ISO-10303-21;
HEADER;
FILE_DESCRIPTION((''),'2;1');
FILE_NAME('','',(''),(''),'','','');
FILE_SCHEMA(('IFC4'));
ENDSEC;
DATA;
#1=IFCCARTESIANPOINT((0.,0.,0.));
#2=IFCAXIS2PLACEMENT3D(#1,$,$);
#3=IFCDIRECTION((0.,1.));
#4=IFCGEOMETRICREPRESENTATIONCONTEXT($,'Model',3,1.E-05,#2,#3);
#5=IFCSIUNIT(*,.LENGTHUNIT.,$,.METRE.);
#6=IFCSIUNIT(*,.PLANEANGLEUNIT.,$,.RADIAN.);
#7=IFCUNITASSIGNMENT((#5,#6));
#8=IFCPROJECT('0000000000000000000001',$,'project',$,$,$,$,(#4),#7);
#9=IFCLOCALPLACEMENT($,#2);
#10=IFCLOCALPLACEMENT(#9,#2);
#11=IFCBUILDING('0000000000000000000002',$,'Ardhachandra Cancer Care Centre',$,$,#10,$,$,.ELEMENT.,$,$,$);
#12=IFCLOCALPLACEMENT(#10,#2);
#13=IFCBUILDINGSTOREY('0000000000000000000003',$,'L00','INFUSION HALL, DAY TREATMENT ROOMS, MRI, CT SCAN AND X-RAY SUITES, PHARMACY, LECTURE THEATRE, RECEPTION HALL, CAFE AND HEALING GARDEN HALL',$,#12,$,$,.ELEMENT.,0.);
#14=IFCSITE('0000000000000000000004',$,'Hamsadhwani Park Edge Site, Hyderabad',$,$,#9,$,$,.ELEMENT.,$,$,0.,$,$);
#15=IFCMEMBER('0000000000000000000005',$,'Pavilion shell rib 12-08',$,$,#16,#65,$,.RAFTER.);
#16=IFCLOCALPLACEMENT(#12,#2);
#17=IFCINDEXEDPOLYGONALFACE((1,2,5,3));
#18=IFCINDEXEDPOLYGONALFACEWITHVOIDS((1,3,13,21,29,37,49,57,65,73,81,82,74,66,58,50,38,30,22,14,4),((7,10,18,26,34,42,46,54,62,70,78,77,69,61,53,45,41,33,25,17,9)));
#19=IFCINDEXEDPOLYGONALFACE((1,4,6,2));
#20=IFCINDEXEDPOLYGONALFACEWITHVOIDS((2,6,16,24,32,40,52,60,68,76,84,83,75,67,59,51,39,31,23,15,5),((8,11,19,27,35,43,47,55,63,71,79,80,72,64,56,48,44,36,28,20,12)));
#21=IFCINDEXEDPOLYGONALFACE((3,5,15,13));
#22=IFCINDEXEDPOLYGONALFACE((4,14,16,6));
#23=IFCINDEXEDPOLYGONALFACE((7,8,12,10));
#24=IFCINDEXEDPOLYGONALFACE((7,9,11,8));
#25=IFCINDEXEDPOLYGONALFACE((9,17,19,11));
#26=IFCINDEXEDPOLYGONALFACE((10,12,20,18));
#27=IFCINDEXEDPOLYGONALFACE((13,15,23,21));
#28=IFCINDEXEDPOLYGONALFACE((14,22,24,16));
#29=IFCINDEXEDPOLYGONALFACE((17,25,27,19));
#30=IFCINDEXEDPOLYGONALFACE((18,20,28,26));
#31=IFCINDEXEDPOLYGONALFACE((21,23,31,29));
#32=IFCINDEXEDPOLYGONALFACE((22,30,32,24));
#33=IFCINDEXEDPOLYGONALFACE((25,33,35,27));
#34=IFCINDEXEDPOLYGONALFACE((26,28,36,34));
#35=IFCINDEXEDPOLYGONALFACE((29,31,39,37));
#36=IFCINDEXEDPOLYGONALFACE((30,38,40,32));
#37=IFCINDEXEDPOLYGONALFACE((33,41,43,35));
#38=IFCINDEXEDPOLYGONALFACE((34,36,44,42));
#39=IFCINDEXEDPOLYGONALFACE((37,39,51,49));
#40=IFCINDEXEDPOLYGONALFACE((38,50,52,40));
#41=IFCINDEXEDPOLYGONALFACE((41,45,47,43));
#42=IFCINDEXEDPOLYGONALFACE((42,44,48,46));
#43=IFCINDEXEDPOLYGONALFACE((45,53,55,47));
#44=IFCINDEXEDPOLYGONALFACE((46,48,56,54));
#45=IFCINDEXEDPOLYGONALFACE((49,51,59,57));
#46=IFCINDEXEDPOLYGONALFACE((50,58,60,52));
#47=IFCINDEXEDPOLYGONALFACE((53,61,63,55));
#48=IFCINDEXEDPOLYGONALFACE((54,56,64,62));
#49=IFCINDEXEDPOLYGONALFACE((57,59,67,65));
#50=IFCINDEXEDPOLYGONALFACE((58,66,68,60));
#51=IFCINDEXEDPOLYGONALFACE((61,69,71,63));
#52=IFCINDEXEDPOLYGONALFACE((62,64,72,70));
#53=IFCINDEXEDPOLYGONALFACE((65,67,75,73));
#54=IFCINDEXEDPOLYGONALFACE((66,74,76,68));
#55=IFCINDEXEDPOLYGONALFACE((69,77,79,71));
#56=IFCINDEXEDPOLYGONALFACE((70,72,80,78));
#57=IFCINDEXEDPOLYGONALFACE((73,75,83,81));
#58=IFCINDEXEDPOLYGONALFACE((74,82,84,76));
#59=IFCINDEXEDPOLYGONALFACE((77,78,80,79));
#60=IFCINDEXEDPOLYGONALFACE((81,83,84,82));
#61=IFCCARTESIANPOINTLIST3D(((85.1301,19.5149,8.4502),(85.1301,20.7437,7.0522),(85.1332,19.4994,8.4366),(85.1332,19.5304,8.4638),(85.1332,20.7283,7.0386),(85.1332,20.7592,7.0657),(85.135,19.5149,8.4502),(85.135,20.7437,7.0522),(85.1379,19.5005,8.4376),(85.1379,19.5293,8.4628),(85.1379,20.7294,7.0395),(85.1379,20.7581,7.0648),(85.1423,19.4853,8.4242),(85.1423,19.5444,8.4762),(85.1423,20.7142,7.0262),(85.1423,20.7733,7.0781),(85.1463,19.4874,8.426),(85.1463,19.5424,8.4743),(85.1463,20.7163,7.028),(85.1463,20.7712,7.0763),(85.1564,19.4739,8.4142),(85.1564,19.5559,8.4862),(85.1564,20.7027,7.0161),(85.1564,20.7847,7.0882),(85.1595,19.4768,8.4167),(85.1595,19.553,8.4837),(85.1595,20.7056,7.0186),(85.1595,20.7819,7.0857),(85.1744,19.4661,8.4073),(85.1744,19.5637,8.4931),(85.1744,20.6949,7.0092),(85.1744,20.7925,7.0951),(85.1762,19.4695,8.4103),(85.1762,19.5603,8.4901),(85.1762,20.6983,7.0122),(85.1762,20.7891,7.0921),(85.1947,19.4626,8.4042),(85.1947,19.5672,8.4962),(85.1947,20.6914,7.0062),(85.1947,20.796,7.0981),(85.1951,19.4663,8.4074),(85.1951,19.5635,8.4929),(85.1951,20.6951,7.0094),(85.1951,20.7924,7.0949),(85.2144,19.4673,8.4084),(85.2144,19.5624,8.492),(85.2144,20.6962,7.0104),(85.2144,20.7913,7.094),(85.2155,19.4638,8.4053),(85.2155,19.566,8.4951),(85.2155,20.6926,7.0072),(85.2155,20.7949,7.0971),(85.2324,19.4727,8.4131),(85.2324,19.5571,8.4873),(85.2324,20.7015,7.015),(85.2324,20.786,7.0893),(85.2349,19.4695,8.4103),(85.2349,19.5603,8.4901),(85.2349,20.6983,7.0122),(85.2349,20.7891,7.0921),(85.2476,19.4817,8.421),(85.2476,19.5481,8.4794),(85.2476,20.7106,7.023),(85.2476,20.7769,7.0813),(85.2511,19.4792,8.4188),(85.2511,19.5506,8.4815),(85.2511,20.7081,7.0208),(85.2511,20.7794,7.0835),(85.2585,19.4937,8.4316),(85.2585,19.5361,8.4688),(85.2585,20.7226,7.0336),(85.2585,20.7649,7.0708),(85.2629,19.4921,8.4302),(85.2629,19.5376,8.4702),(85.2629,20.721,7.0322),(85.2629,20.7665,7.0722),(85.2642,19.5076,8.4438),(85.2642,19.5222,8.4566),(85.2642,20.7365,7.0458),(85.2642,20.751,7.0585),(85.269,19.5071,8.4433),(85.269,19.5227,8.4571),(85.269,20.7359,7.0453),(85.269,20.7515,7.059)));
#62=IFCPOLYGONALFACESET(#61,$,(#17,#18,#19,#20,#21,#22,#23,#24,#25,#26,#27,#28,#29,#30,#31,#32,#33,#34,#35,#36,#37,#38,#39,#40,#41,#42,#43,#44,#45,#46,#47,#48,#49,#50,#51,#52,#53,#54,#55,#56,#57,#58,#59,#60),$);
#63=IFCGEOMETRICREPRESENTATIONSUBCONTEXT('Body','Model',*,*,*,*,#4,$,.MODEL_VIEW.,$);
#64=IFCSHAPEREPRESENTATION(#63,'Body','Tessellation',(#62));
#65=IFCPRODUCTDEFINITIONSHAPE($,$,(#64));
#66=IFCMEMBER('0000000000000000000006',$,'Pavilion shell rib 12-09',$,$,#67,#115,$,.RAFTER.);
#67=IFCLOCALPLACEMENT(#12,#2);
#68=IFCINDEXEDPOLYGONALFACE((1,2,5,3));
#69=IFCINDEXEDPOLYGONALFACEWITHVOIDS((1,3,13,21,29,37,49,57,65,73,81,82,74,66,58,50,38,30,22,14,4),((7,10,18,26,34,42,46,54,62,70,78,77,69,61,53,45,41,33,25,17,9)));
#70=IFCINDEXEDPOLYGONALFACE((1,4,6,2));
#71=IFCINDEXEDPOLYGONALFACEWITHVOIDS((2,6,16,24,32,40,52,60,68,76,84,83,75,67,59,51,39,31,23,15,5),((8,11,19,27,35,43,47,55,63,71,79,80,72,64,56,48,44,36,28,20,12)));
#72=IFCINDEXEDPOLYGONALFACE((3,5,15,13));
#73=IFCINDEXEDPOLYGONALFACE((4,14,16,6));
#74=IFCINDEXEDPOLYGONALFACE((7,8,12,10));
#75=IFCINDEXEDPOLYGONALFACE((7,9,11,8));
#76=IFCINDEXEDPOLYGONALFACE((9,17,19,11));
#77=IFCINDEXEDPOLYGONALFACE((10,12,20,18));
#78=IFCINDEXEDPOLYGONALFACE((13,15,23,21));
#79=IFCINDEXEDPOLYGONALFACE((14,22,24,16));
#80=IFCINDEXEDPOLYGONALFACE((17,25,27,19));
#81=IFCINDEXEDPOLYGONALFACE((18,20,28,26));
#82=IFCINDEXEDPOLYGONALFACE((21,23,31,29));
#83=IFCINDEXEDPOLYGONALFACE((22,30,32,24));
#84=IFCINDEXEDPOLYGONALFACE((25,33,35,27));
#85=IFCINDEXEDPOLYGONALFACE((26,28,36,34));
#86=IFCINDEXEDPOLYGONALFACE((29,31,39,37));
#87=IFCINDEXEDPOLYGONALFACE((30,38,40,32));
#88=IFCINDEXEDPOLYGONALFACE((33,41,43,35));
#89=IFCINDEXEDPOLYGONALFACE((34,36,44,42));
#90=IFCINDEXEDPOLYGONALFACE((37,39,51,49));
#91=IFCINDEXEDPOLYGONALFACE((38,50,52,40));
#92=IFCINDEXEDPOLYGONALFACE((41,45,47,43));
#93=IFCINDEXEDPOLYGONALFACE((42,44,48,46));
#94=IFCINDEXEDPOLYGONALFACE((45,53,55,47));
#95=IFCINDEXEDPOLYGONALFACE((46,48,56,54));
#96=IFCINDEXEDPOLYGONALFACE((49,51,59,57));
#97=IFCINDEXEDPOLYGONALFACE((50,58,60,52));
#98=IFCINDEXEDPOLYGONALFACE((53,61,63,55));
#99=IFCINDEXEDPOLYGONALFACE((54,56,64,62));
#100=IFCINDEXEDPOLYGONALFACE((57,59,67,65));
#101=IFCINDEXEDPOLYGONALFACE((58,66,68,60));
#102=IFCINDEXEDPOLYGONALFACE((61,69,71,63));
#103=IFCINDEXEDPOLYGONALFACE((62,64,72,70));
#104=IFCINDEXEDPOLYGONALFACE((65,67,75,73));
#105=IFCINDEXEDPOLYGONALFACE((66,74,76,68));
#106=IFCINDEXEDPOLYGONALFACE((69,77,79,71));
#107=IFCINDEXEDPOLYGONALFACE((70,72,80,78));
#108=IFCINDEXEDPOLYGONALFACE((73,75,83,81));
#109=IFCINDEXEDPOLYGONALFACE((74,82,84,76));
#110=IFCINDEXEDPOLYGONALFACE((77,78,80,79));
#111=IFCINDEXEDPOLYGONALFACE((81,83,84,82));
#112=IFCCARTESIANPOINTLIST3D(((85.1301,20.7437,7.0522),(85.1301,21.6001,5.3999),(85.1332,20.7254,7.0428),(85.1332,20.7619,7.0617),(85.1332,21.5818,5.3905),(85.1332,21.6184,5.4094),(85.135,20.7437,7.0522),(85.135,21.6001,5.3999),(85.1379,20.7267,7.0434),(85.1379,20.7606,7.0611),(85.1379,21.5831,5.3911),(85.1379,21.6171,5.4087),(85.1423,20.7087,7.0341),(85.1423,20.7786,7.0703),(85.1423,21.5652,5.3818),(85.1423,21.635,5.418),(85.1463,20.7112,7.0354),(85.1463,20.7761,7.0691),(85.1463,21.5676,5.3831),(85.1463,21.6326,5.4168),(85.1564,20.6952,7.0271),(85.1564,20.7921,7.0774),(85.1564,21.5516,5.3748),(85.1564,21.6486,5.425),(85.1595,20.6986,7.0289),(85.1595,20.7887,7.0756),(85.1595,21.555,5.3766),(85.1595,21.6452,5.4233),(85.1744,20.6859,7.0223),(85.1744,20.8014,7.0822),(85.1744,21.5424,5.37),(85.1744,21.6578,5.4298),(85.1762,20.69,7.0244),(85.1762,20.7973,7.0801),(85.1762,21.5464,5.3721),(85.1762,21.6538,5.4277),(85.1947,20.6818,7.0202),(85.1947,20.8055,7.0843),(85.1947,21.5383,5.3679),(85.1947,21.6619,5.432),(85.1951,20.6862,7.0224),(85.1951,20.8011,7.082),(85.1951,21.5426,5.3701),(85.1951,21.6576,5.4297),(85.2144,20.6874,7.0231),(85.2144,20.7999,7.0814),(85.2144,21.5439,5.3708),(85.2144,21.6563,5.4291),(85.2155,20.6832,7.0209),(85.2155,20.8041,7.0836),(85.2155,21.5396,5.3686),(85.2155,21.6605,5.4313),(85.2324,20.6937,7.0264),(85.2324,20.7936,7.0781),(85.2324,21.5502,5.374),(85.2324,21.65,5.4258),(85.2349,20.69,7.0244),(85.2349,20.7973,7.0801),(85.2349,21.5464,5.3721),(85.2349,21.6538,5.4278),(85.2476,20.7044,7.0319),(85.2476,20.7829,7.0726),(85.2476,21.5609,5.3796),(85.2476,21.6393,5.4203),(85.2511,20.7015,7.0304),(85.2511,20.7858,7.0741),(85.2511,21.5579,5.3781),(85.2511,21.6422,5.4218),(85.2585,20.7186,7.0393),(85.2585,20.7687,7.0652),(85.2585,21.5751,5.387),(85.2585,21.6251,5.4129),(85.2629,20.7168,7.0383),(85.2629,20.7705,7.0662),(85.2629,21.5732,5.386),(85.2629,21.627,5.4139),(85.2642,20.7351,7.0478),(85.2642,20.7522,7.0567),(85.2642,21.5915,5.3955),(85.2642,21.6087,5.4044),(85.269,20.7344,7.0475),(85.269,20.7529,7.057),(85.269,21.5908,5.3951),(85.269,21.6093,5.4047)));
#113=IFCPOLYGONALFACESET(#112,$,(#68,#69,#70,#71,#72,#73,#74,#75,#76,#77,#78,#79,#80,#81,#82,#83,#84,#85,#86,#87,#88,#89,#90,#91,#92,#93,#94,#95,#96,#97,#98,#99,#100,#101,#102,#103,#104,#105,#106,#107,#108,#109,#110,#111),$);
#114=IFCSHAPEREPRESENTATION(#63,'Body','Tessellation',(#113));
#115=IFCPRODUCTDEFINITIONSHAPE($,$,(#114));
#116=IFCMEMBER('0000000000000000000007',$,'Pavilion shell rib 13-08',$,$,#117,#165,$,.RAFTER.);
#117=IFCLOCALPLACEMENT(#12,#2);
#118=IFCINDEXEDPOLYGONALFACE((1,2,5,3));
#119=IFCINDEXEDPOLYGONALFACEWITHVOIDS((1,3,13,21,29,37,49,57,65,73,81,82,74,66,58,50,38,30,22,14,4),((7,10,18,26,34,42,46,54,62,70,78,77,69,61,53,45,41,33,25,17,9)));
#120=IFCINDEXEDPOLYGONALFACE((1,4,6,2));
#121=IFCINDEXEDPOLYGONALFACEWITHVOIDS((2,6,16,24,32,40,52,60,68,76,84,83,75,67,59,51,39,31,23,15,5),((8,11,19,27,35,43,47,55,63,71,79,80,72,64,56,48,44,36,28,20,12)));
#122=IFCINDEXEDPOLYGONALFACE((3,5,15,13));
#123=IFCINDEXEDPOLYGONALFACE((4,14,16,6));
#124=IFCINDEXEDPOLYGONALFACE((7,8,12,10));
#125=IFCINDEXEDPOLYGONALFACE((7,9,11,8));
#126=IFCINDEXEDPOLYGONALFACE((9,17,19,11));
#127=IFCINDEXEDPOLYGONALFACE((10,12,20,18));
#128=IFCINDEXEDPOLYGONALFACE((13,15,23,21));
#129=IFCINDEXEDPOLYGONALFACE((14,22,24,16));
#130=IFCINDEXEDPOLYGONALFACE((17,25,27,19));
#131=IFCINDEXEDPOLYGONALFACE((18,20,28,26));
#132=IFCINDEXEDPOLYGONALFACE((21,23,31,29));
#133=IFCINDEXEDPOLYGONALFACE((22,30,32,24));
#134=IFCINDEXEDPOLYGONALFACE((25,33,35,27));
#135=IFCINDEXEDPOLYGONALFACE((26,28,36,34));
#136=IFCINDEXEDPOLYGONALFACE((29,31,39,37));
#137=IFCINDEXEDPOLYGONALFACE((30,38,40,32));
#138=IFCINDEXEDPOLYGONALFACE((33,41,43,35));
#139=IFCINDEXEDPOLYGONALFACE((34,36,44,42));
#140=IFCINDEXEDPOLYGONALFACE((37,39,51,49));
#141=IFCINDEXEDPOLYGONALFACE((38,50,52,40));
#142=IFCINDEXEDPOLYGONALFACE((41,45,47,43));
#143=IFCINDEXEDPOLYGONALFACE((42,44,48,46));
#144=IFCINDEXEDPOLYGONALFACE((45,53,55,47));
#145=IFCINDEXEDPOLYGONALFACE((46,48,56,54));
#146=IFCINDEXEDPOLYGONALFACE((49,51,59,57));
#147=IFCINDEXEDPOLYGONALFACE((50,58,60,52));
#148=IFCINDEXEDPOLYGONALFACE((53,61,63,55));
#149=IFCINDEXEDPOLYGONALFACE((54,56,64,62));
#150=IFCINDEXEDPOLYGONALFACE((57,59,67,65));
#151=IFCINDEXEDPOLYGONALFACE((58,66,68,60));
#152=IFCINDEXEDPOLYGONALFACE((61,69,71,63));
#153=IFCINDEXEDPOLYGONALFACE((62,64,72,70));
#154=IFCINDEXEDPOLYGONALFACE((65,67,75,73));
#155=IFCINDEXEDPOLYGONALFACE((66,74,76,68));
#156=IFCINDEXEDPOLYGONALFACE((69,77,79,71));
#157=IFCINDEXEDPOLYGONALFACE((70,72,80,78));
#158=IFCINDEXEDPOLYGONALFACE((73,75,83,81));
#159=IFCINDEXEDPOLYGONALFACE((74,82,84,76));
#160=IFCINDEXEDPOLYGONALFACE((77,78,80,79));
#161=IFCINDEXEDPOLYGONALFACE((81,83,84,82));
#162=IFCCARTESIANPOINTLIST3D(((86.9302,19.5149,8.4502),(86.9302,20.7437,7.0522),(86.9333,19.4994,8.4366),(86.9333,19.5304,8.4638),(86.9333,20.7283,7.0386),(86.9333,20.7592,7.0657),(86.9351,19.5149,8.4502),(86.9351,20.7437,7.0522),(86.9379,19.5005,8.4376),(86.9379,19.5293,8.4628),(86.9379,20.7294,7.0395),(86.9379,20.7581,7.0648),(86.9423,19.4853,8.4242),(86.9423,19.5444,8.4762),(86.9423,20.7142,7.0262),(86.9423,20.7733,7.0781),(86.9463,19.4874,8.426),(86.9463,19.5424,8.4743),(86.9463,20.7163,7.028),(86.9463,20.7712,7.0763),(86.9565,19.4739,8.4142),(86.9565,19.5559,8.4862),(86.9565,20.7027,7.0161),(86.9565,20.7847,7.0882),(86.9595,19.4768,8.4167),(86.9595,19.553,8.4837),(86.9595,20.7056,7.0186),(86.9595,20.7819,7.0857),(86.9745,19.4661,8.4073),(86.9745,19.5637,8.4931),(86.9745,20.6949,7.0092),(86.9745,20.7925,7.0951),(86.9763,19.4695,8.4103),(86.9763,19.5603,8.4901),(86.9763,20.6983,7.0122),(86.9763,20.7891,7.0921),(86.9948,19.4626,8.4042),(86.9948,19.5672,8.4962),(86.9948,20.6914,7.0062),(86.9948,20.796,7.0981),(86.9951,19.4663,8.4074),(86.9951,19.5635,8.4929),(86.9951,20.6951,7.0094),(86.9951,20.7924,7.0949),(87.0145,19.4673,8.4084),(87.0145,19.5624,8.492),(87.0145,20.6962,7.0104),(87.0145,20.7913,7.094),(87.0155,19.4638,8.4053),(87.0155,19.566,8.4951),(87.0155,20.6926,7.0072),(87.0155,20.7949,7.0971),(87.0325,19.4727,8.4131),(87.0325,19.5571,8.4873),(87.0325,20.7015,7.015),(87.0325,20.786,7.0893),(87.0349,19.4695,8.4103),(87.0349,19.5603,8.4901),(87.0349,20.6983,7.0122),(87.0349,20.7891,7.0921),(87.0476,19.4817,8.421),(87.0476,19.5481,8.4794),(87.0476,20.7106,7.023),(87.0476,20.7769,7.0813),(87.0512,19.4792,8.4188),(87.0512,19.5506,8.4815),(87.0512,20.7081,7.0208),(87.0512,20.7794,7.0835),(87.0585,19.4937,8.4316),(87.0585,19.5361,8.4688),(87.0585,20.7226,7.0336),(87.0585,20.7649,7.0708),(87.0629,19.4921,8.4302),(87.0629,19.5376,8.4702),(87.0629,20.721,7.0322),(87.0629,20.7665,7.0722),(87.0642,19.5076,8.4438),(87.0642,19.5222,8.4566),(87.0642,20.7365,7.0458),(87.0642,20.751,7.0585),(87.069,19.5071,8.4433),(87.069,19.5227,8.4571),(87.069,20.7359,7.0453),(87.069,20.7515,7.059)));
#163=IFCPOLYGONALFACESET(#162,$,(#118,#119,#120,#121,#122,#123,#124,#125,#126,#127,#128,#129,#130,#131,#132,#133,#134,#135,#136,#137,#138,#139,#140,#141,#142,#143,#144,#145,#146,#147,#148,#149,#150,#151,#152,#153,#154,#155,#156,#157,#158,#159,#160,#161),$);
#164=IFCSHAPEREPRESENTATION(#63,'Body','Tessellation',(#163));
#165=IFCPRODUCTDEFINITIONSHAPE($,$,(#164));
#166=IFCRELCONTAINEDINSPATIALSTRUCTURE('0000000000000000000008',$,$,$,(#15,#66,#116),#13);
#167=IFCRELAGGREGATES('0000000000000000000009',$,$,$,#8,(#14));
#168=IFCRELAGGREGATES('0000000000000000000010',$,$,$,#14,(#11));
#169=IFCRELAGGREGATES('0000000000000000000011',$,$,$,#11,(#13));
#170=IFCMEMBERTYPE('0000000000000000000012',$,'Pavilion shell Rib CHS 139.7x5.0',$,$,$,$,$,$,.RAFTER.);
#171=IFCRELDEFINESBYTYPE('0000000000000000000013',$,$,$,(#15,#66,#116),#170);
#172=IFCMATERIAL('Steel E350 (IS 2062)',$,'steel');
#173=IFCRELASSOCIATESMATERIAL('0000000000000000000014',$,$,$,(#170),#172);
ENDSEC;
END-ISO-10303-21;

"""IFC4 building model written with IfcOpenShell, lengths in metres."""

from ifc_helpers import new_model, si_unit, direction, frame, origin, origin_2d, place, context, subcontext, project, spatial, hollow_circle, extrude, material, material_profile, profile_set, type_object, element, save


model = new_model("IFC4")

# Units and contexts
model_context = context("Model", 3, precision=1e-05, world=origin(), true_north=direction((0.0, 1.0)))
body_context = subcontext(model_context, "Body", "Model", "MODEL_VIEW")
ifc_project = project(units=[si_unit("LENGTHUNIT", "METRE"), si_unit("PLANEANGLEUNIT", "RADIAN")], contexts=[model_context])

# Site, building, storey
site_placement = place(None, origin())
site = spatial("IfcSite", under=ifc_project, at=site_placement, Name="Hamsadhwani Park Edge Site, Hyderabad", CompositionType="ELEMENT", RefElevation=0.0)
building_placement = place(site_placement, origin())
building = spatial("IfcBuilding", under=site, at=building_placement, Name="Ardhachandra Cancer Care Centre", CompositionType="ELEMENT")
storey_placement = place(building_placement, origin())
storey = spatial("IfcBuildingStorey", under=building, at=storey_placement, Name="L00", Description="INFUSION HALL, DAY TREATMENT ROOMS, MRI, CT SCAN AND X-RAY SUITES, PHARMACY, LECTURE THEATRE, RECEPTION HALL, CAFE AND HEALING GARDEN HALL", CompositionType="ELEMENT", Elevation=0.0)

# Members
ifc_material_1 = material(Name="Steel E350 (IS 2062)", Category="steel")
ifc_material_profile_1 = material_profile(ifc_material_1, hollow_circle(Radius=0.0698, WallThickness=0.0049, at=origin_2d()), Name="CHS 139.7x5.0")
ifc_profile_set_1 = profile_set([ifc_material_profile_1], Name="Steel E350 (IS 2062)")
member_type_1 = type_object("IfcMemberType", Name="Pavilion shell Rib CHS 139.7x5.0", PredefinedType="RAFTER", material=ifc_profile_set_1)
member_1_placement = place(storey_placement, frame((85.2, 19.5149, 8.4502), z_axis=(0.0, 0.660193, -0.751096), x_axis=(-1.0, 0.0, 0.0)))
element("IfcMember", 1, at=member_1_placement, inside=storey, type_object=member_type_1, Name="Pavilion shell rib 12-08", PredefinedType="RAFTER", context=body_context, shape_type="SweptSolid", body=[
    extrude(hollow_circle(Radius=0.0698, WallThickness=0.0049, at=origin_2d()), origin(), (0.0, 0.0, 1.0), 1.8613),
])
member_2_placement = place(storey_placement, frame((85.2, 20.7437, 7.0522), z_axis=(0.0, 0.460179, -0.887826), x_axis=(-1.0, 0.0, 0.0)))
element("IfcMember", 2, at=member_2_placement, inside=storey, type_object=member_type_1, Name="Pavilion shell rib 12-09", PredefinedType="RAFTER", context=body_context, shape_type="SweptSolid", body=[
    extrude(hollow_circle(Radius=0.0698, WallThickness=0.0049, at=origin_2d()), origin(), (0.0, 0.0, 1.0), 1.8611),
])
member_3_placement = place(storey_placement, frame((87.0, 19.5149, 8.4502), z_axis=(0.0, 0.660193, -0.751096), x_axis=(-1.0, 0.0, 0.0)))
element("IfcMember", 3, at=member_3_placement, inside=storey, type_object=member_type_1, Name="Pavilion shell rib 13-08", PredefinedType="RAFTER", context=body_context, shape_type="SweptSolid", body=[
    extrude(hollow_circle(Radius=0.0698, WallThickness=0.0049, at=origin_2d()), origin(), (0.0, 0.0, 1.0), 1.8613),
])

save(model, "model.ifc")
